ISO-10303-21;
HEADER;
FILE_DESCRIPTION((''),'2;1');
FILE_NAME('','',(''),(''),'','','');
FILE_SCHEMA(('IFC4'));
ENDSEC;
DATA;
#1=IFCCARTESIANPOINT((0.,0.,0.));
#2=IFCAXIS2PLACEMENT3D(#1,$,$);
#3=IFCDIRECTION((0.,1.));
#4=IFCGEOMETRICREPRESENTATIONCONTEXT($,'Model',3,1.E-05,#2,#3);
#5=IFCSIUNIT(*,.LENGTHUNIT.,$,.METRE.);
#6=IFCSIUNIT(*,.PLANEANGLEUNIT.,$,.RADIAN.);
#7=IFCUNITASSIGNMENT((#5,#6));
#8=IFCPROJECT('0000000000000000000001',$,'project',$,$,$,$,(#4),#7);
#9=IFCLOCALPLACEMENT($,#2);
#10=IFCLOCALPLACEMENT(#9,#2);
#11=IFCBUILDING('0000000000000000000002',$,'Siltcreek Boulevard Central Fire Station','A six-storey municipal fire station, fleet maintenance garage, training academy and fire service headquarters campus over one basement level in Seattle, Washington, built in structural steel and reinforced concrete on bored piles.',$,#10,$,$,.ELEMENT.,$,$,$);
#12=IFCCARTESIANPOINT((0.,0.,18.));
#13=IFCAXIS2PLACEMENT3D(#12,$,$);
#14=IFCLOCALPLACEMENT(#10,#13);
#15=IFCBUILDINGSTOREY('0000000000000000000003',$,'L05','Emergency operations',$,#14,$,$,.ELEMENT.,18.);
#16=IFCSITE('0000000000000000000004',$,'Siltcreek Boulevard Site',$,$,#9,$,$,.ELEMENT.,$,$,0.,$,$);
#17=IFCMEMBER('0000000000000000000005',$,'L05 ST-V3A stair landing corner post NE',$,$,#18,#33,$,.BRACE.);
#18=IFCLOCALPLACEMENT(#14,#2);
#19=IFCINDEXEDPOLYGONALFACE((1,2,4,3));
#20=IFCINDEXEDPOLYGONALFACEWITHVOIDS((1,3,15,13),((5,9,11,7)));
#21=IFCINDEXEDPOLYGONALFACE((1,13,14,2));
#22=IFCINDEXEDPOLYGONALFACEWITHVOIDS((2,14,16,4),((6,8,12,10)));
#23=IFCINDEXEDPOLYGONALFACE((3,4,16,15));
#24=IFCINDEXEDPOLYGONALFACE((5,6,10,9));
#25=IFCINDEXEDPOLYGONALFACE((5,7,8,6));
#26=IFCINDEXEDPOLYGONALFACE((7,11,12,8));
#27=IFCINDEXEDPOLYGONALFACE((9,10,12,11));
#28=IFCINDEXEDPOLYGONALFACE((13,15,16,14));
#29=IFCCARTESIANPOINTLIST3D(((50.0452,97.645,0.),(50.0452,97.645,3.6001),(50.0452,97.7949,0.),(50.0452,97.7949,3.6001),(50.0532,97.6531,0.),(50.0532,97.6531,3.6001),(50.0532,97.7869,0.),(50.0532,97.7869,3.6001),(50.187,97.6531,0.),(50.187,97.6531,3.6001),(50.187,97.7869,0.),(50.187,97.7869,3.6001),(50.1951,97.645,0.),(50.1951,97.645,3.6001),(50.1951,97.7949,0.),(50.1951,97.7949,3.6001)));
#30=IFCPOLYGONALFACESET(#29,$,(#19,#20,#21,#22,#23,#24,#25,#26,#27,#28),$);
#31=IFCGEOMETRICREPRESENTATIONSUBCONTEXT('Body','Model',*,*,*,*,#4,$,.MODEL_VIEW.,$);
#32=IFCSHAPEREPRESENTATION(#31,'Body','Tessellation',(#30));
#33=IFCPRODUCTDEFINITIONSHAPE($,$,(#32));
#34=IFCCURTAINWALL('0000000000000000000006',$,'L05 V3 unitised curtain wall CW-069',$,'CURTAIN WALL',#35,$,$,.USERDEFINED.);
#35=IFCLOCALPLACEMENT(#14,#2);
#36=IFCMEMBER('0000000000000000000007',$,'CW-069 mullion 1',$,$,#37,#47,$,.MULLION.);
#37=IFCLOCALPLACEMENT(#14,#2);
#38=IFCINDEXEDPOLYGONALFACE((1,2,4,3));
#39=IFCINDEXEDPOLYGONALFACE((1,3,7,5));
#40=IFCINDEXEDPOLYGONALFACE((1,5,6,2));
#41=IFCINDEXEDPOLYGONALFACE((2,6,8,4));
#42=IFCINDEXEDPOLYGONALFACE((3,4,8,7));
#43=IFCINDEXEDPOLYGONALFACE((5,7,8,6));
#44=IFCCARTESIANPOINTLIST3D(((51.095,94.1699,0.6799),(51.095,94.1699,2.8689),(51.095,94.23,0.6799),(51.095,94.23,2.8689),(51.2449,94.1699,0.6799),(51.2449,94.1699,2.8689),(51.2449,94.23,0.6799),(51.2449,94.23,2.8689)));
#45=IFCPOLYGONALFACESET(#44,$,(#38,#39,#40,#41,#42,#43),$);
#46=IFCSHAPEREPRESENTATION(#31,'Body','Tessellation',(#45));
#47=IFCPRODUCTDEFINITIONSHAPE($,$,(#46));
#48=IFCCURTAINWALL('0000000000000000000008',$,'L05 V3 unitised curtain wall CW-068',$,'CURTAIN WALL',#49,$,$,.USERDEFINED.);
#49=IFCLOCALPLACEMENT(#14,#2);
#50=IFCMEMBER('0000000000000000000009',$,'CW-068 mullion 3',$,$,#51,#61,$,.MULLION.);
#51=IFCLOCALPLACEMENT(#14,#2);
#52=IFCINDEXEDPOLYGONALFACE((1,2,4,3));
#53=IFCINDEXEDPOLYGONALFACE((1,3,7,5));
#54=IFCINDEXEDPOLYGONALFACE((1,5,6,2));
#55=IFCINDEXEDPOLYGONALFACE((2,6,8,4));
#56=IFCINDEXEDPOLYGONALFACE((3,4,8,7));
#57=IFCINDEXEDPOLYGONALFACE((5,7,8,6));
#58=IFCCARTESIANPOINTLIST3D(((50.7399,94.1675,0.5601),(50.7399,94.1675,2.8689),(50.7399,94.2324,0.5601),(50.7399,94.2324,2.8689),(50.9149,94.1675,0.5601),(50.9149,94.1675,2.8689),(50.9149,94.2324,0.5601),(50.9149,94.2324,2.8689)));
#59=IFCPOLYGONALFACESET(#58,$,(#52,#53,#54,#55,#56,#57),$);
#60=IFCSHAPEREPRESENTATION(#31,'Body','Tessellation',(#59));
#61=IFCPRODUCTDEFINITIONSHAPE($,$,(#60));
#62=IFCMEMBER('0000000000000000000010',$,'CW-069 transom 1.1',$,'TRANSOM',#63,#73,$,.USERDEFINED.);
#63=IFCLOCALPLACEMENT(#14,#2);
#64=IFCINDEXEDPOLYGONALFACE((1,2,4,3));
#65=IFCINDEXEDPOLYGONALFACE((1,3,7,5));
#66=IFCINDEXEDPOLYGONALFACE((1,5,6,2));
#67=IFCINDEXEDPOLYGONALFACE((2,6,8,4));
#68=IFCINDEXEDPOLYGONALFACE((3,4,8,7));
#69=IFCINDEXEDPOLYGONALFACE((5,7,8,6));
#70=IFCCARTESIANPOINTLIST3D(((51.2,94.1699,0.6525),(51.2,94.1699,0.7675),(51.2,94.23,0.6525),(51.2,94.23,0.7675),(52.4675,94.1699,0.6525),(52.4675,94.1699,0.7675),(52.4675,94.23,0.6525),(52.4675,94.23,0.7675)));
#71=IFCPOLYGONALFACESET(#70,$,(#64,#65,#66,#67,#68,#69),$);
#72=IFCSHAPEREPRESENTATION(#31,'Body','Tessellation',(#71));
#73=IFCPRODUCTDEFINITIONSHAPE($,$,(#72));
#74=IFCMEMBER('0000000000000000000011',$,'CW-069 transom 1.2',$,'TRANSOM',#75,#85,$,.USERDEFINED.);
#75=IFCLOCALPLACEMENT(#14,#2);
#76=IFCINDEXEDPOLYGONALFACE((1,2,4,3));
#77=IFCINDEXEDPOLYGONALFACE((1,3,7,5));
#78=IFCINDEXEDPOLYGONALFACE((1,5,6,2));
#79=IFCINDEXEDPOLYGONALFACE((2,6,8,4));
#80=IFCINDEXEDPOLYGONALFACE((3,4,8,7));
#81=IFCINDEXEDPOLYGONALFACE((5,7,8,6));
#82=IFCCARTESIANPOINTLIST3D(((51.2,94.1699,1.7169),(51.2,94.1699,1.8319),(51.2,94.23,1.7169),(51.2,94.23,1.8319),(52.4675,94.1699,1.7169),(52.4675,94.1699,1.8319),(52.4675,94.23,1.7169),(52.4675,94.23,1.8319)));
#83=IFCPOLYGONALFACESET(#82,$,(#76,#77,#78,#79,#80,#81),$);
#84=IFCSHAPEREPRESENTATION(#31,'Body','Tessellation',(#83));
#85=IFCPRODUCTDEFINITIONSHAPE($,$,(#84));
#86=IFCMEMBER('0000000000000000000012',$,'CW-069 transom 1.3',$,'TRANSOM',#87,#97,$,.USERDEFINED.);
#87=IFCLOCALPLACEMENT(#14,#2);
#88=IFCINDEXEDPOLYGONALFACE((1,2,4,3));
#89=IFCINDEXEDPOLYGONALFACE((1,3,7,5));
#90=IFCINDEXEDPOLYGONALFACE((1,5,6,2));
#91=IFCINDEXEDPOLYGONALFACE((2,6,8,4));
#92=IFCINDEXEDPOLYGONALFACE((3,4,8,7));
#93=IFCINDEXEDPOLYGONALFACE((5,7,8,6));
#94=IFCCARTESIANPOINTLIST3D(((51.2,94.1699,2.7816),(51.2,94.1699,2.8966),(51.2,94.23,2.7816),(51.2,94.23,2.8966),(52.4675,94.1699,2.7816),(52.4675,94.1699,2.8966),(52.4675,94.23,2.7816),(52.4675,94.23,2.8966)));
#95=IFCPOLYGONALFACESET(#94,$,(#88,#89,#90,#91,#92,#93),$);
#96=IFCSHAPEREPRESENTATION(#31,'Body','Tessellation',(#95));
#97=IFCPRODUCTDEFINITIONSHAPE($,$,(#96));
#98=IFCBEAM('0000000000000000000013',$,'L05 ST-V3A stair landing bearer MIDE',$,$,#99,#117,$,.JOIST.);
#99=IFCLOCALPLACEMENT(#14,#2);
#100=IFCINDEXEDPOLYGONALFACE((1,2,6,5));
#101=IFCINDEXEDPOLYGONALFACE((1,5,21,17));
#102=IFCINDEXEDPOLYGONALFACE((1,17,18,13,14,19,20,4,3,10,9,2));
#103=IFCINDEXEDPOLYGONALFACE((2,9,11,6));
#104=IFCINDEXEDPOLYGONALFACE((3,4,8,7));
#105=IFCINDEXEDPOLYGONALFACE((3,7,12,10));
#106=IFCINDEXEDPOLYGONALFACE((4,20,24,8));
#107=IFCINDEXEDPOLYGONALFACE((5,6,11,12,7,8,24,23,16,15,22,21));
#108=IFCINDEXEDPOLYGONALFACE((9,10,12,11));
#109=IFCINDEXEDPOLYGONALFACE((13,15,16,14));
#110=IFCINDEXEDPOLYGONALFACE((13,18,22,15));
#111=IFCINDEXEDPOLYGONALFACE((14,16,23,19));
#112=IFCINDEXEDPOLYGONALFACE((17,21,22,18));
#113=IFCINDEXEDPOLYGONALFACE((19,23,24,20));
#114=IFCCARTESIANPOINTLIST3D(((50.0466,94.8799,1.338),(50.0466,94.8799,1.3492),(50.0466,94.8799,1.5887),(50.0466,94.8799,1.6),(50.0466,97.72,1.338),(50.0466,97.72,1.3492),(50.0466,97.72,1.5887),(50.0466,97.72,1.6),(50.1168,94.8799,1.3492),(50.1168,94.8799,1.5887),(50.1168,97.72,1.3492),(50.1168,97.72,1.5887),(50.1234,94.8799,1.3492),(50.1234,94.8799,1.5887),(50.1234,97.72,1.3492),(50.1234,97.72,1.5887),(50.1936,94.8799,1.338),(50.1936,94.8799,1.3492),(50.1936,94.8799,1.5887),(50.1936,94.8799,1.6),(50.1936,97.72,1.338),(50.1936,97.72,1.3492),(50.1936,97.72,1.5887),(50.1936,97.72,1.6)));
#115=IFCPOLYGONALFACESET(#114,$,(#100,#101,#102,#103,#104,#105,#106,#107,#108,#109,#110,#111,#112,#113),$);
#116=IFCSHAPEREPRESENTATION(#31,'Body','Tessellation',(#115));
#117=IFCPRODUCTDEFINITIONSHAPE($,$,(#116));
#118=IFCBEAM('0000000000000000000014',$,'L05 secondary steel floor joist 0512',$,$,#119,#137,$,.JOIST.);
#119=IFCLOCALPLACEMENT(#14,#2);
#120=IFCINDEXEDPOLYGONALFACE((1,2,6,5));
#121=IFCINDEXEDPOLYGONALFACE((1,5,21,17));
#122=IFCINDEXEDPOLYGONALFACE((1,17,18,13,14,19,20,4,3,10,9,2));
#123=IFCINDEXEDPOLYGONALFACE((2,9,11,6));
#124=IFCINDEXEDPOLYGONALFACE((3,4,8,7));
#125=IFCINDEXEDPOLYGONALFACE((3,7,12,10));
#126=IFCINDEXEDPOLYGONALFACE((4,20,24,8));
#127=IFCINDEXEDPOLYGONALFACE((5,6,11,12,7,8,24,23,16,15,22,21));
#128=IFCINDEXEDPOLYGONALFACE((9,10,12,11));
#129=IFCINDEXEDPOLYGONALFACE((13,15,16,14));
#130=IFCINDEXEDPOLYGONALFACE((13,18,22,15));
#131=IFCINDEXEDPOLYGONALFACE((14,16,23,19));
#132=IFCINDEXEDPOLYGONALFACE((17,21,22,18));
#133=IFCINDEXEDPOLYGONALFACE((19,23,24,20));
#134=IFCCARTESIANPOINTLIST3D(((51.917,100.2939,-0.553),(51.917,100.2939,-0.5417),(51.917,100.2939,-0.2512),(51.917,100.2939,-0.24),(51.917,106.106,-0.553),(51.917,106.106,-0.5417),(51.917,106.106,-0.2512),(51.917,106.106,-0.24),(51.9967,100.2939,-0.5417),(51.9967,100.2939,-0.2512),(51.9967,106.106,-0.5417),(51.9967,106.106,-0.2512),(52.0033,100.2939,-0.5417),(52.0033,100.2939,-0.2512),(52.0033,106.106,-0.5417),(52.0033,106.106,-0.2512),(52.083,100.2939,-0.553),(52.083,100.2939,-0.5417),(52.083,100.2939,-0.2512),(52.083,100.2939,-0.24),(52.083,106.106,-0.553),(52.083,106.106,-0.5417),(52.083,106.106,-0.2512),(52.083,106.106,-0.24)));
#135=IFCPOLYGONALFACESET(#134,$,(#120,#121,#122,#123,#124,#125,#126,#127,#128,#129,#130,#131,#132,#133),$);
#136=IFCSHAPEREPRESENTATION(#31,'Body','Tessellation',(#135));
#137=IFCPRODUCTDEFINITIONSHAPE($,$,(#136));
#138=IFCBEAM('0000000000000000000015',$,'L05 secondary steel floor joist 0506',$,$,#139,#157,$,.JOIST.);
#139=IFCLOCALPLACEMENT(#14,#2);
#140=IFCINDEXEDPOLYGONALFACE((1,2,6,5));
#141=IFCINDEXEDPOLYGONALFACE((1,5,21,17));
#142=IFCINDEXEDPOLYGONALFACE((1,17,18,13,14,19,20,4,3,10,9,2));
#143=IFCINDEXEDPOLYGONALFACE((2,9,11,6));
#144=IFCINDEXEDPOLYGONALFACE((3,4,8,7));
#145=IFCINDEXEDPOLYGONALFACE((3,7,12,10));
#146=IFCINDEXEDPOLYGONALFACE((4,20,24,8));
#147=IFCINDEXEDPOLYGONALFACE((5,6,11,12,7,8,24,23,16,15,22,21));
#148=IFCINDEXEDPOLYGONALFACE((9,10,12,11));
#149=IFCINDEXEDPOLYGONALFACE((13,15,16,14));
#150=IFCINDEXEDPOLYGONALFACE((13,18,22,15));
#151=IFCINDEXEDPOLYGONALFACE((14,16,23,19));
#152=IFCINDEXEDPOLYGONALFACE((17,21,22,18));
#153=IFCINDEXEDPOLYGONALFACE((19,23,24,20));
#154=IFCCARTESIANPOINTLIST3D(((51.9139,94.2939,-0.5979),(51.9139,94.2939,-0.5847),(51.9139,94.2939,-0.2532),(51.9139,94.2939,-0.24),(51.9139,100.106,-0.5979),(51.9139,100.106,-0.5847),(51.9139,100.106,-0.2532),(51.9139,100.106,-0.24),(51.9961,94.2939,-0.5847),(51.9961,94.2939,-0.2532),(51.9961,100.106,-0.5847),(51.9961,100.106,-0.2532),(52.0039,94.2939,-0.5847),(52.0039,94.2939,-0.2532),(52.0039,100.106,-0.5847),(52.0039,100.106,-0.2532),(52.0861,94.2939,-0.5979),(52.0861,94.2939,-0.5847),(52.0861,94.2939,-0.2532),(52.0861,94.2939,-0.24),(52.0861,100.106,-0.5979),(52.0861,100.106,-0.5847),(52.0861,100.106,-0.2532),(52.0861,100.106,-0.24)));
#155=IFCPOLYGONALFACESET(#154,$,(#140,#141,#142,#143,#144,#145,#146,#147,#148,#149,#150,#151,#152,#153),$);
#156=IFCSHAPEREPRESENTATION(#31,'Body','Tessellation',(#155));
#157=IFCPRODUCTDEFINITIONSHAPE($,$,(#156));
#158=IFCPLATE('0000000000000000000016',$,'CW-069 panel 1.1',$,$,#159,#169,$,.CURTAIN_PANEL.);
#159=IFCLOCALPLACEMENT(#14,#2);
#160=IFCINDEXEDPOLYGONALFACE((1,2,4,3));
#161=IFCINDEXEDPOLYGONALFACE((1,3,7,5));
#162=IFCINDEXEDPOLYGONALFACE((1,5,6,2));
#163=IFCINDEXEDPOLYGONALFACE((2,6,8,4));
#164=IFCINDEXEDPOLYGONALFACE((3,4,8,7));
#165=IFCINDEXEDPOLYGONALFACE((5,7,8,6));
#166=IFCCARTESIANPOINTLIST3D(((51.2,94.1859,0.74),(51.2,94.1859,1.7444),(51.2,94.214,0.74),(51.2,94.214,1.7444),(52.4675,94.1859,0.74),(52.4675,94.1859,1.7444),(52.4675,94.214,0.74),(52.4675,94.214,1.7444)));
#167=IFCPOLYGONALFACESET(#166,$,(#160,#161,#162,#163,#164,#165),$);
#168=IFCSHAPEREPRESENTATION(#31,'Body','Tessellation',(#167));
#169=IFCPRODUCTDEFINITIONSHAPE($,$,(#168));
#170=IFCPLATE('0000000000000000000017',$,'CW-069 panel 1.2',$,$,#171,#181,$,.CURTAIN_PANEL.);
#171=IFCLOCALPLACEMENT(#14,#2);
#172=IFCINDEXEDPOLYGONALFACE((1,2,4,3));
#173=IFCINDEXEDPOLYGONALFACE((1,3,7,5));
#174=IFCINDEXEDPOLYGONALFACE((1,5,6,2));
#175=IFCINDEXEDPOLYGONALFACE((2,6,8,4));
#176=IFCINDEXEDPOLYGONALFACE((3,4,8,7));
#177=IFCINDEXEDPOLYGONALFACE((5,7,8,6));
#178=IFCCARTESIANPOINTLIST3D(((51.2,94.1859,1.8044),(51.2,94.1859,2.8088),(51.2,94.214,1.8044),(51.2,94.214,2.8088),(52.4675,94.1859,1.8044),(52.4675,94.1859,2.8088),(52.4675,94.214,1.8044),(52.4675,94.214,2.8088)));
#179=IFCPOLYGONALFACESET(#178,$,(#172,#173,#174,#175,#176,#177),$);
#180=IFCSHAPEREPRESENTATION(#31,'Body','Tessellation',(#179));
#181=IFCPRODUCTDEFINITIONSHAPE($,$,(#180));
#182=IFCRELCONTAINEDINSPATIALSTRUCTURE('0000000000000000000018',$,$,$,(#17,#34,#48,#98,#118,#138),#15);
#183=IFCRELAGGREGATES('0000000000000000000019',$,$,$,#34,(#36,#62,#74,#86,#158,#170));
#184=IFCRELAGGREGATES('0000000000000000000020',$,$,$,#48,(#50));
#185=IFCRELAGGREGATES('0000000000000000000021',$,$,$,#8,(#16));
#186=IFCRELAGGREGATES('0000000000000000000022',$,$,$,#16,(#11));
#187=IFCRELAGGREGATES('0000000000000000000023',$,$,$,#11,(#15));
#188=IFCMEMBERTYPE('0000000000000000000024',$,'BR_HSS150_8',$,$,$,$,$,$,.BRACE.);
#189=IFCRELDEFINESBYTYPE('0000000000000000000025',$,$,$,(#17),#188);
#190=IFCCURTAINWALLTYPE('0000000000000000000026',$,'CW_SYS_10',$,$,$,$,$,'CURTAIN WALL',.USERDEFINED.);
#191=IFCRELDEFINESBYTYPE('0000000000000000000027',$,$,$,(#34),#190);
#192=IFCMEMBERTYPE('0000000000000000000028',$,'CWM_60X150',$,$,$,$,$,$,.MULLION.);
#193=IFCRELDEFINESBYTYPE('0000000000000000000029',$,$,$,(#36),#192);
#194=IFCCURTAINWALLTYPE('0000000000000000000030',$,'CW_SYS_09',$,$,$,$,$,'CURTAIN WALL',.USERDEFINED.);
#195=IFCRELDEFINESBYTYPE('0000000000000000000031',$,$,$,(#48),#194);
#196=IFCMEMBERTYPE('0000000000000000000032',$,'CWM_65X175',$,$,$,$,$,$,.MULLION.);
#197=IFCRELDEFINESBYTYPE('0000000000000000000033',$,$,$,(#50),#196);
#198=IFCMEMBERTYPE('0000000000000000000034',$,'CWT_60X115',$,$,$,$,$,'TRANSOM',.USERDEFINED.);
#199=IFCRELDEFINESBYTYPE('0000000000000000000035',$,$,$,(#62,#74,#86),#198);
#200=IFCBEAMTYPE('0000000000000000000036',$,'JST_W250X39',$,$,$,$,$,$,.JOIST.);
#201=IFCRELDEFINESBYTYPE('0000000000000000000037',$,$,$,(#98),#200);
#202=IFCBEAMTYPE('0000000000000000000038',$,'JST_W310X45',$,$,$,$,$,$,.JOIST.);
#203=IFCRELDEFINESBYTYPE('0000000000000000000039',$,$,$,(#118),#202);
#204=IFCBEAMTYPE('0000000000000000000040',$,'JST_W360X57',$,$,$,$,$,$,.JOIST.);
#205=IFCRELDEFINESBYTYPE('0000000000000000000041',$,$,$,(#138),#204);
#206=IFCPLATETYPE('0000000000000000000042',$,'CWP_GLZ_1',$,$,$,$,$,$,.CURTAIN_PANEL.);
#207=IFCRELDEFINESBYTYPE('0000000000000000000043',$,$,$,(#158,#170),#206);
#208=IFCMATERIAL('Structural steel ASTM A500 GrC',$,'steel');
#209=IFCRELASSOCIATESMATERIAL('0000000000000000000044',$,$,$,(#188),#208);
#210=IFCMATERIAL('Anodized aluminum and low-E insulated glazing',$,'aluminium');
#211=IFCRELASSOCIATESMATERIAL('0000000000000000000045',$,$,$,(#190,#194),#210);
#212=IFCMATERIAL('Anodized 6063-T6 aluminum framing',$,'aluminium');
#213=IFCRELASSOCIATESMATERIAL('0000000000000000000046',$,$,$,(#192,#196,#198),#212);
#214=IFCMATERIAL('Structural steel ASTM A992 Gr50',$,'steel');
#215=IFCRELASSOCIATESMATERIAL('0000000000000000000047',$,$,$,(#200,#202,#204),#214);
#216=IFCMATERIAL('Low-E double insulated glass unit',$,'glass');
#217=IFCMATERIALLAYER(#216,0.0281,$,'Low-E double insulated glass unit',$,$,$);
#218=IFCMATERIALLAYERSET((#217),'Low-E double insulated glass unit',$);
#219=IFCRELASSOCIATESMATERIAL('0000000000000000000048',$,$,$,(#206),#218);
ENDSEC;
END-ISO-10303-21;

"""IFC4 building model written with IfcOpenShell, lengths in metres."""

from ifc_helpers import new_model, si_unit, direction, frame, origin, origin_2d, place, context, subcontext, project, spatial, rectangle, hollow_rectangle, i_section, extrude, material, layer, layer_set, material_profile, profile_set, type_object, element, aggregate, save


model = new_model("IFC4")

# Units and contexts
model_context = context("Model", 3, precision=1e-05, world=origin(), true_north=direction((0.0, 1.0)))
body_context = subcontext(model_context, "Body", "Model", "MODEL_VIEW")
ifc_project = project(units=[si_unit("LENGTHUNIT", "METRE"), si_unit("PLANEANGLEUNIT", "RADIAN")], contexts=[model_context])

# Site, building, storey
site_placement = place(None, origin())
site = spatial("IfcSite", under=ifc_project, at=site_placement, Name="Siltcreek Boulevard Site", CompositionType="ELEMENT", RefElevation=0.0)
building_placement = place(site_placement, origin())
building = spatial("IfcBuilding", under=site, at=building_placement, Name="Siltcreek Boulevard Central Fire Station", Description="A six-storey municipal fire station, fleet maintenance garage, training academy and fire service headquarters campus over one basement level in Seattle, Washington, built in structural steel and reinforced concrete on bored piles.", CompositionType="ELEMENT")
storey_placement = place(building_placement, frame((0.0, 0.0, 18.0)))
storey = spatial("IfcBuildingStorey", under=building, at=storey_placement, Name="L05", Description="Emergency operations", CompositionType="ELEMENT", Elevation=18.0)

# Member
ifc_material_1 = material(Name="Structural steel ASTM A500 GrC", Category="steel")
ifc_material_profile_1 = material_profile(ifc_material_1, hollow_rectangle(XDim=0.1499, YDim=0.1499, WallThickness=0.0081, at=origin_2d()), Name="HSS150X150X8.0")
ifc_profile_set_1 = profile_set([ifc_material_profile_1], Name="Structural steel ASTM A500 GrC")
member_type_1 = type_object("IfcMemberType", Name="BR_HSS150_8", PredefinedType="BRACE", material=ifc_profile_set_1)
member_1_placement = place(storey_placement, frame((50.1201, 97.72, 0.0), z_axis=(0.0, 0.0, 1.0), x_axis=(1.0, 0.0, 0.0)))
element("IfcMember", 1, at=member_1_placement, inside=storey, type_object=member_type_1, Name="L05 ST-V3A stair landing corner post NE", PredefinedType="BRACE", context=body_context, shape_type="SweptSolid", body=[
    extrude(hollow_rectangle(XDim=0.1499, YDim=0.1499, WallThickness=0.0081, at=origin_2d()), origin(), (0.0, 0.0, 1.0), 3.6001),
])

# Curtain walls, members
ifc_material_2 = material(Name="Anodized aluminum and low-E insulated glazing", Category="aluminium")
curtain_wall_type_1 = type_object("IfcCurtainWallType", Name="CW_SYS_10", ElementType="CURTAIN WALL", PredefinedType="USERDEFINED", material=ifc_material_2)
curtain_wall_1_placement = place(storey_placement, origin())
curtain_wall_1 = element("IfcCurtainWall", 2, at=curtain_wall_1_placement, inside=storey, type_object=curtain_wall_type_1, Name="L05 V3 unitised curtain wall CW-069", ObjectType="CURTAIN WALL", PredefinedType="USERDEFINED")
ifc_material_3 = material(Name="Anodized 6063-T6 aluminum framing", Category="aluminium")
ifc_material_profile_2 = material_profile(ifc_material_3, rectangle(XDim=0.0601, YDim=0.1499, at=origin_2d()), Name="MULL60X150")
ifc_profile_set_2 = profile_set([ifc_material_profile_2], Name="Anodized 6063-T6 aluminum framing")
member_type_2 = type_object("IfcMemberType", Name="CWM_60X150", PredefinedType="MULLION", material=ifc_profile_set_2)
member_2_placement = place(storey_placement, frame((51.1699, 94.2, 0.6799), z_axis=(0.0, 0.0, 1.0), x_axis=(0.0, 1.0, 0.0)))
member_2 = element("IfcMember", 3, at=member_2_placement, type_object=member_type_2, Name="CW-069 mullion 1", PredefinedType="MULLION", context=body_context, shape_type="SweptSolid", body=[
    extrude(rectangle(XDim=0.0601, YDim=0.1499, at=origin_2d()), origin(), (0.0, 0.0, 1.0), 2.189),
])
curtain_wall_type_2 = type_object("IfcCurtainWallType", Name="CW_SYS_09", ElementType="CURTAIN WALL", PredefinedType="USERDEFINED", material=ifc_material_2)
curtain_wall_2_placement = place(storey_placement, origin())
curtain_wall_2 = element("IfcCurtainWall", 4, at=curtain_wall_2_placement, inside=storey, type_object=curtain_wall_type_2, Name="L05 V3 unitised curtain wall CW-068", ObjectType="CURTAIN WALL", PredefinedType="USERDEFINED")
ifc_material_profile_3 = material_profile(ifc_material_3, rectangle(XDim=0.0649, YDim=0.175, at=origin_2d()), Name="MULL65X175")
ifc_profile_set_3 = profile_set([ifc_material_profile_3], Name="Anodized 6063-T6 aluminum framing")
member_type_3 = type_object("IfcMemberType", Name="CWM_65X175", PredefinedType="MULLION", material=ifc_profile_set_3)
member_3_placement = place(storey_placement, frame((50.8274, 94.2, 0.5601), z_axis=(0.0, 0.0, 1.0), x_axis=(0.0, 1.0, 0.0)))
member_3 = element("IfcMember", 5, at=member_3_placement, type_object=member_type_3, Name="CW-068 mullion 3", PredefinedType="MULLION", context=body_context, shape_type="SweptSolid", body=[
    extrude(rectangle(XDim=0.0649, YDim=0.175, at=origin_2d()), origin(), (0.0, 0.0, 1.0), 2.3088),
])

# Members
ifc_material_profile_4 = material_profile(ifc_material_3, rectangle(XDim=0.0601, YDim=0.115, at=origin_2d()), Name="TRAN60X115")
ifc_profile_set_4 = profile_set([ifc_material_profile_4], Name="Anodized 6063-T6 aluminum framing")
member_type_4 = type_object("IfcMemberType", Name="CWT_60X115", ElementType="TRANSOM", PredefinedType="USERDEFINED", material=ifc_profile_set_4)
member_4_placement = place(storey_placement, frame((51.2, 94.2, 0.71), z_axis=(1.0, 0.0, 0.0), x_axis=(0.0, 1.0, 0.0)))
member_4 = element("IfcMember", 6, at=member_4_placement, type_object=member_type_4, Name="CW-069 transom 1.1", ObjectType="TRANSOM", PredefinedType="USERDEFINED", context=body_context, shape_type="SweptSolid", body=[
    extrude(rectangle(XDim=0.0601, YDim=0.115, at=origin_2d()), origin(), (0.0, 0.0, 1.0), 1.2676),
])
member_5_placement = place(storey_placement, frame((51.2, 94.2, 1.7744), z_axis=(1.0, 0.0, 0.0), x_axis=(0.0, 1.0, 0.0)))
member_5 = element("IfcMember", 7, at=member_5_placement, type_object=member_type_4, Name="CW-069 transom 1.2", ObjectType="TRANSOM", PredefinedType="USERDEFINED", context=body_context, shape_type="SweptSolid", body=[
    extrude(rectangle(XDim=0.0601, YDim=0.115, at=origin_2d()), origin(), (0.0, 0.0, 1.0), 1.2676),
])
member_6_placement = place(storey_placement, frame((51.2, 94.2, 2.8391), z_axis=(1.0, 0.0, 0.0), x_axis=(0.0, 1.0, 0.0)))
member_6 = element("IfcMember", 8, at=member_6_placement, type_object=member_type_4, Name="CW-069 transom 1.3", ObjectType="TRANSOM", PredefinedType="USERDEFINED", context=body_context, shape_type="SweptSolid", body=[
    extrude(rectangle(XDim=0.0601, YDim=0.115, at=origin_2d()), origin(), (0.0, 0.0, 1.0), 1.2676),
])

# Beams
ifc_material_4 = material(Name="Structural steel ASTM A992 Gr50", Category="steel")
ifc_material_profile_5 = material_profile(ifc_material_4, i_section(OverallWidth=0.147, OverallDepth=0.262, WebThickness=0.0066, FlangeThickness=0.0112, at=origin_2d()), Name="W250X39")
ifc_profile_set_5 = profile_set([ifc_material_profile_5], Name="Structural steel ASTM A992 Gr50")
beam_type_1 = type_object("IfcBeamType", Name="JST_W250X39", PredefinedType="JOIST", material=ifc_profile_set_5)
beam_1_placement = place(storey_placement, frame((50.1201, 94.8799, 1.469), z_axis=(0.0, 1.0, 0.0), x_axis=(-1.0, 0.0, 0.0)))
element("IfcBeam", 9, at=beam_1_placement, inside=storey, type_object=beam_type_1, Name="L05 ST-V3A stair landing bearer MIDE", PredefinedType="JOIST", context=body_context, shape_type="SweptSolid", body=[
    extrude(i_section(OverallWidth=0.147, OverallDepth=0.262, WebThickness=0.0066, FlangeThickness=0.0112, at=origin_2d()), origin(), (0.0, 0.0, 1.0), 2.8401),
])
ifc_material_profile_6 = material_profile(ifc_material_4, i_section(OverallWidth=0.166, OverallDepth=0.313, WebThickness=0.0066, FlangeThickness=0.0112, at=origin_2d()), Name="W310X45")
ifc_profile_set_6 = profile_set([ifc_material_profile_6], Name="Structural steel ASTM A992 Gr50")
beam_type_2 = type_object("IfcBeamType", Name="JST_W310X45", PredefinedType="JOIST", material=ifc_profile_set_6)
beam_2_placement = place(storey_placement, frame((52.0, 100.2939, -0.3965), z_axis=(0.0, 1.0, 0.0), x_axis=(-1.0, 0.0, 0.0)))
element("IfcBeam", 10, at=beam_2_placement, inside=storey, type_object=beam_type_2, Name="L05 secondary steel floor joist 0512", PredefinedType="JOIST", context=body_context, shape_type="SweptSolid", body=[
    extrude(i_section(OverallWidth=0.166, OverallDepth=0.313, WebThickness=0.0066, FlangeThickness=0.0112, at=origin_2d()), origin(), (0.0, 0.0, 1.0), 5.812),
])
ifc_material_profile_7 = material_profile(ifc_material_4, i_section(OverallWidth=0.1721, OverallDepth=0.3579, WebThickness=0.0078, FlangeThickness=0.0132, at=origin_2d()), Name="W360X57")
ifc_profile_set_7 = profile_set([ifc_material_profile_7], Name="Structural steel ASTM A992 Gr50")
beam_type_3 = type_object("IfcBeamType", Name="JST_W360X57", PredefinedType="JOIST", material=ifc_profile_set_7)
beam_3_placement = place(storey_placement, frame((52.0, 94.2939, -0.4189), z_axis=(0.0, 1.0, 0.0), x_axis=(-1.0, 0.0, 0.0)))
element("IfcBeam", 11, at=beam_3_placement, inside=storey, type_object=beam_type_3, Name="L05 secondary steel floor joist 0506", PredefinedType="JOIST", context=body_context, shape_type="SweptSolid", body=[
    extrude(i_section(OverallWidth=0.1721, OverallDepth=0.3579, WebThickness=0.0078, FlangeThickness=0.0132, at=origin_2d()), origin(), (0.0, 0.0, 1.0), 5.812),
])

# Plates
ifc_material_5 = material(Name="Low-E double insulated glass unit", Category="glass")
ifc_layer_1 = layer(ifc_material_5, 0.0281, Name="Low-E double insulated glass unit")
ifc_layer_set_1 = layer_set([ifc_layer_1], Name="Low-E double insulated glass unit")
plate_type_1 = type_object("IfcPlateType", Name="CWP_GLZ_1", PredefinedType="CURTAIN_PANEL", material=ifc_layer_set_1)
plate_1_placement = place(storey_placement, frame((51.8337, 94.2, 0.74), z_axis=(0.0, 0.0, 1.0), x_axis=(1.0, 0.0, 0.0)))
plate_1 = element("IfcPlate", 12, at=plate_1_placement, type_object=plate_type_1, Name="CW-069 panel 1.1", PredefinedType="CURTAIN_PANEL", context=body_context, shape_type="SweptSolid", body=[
    extrude(rectangle(XDim=1.2676, YDim=0.0281, at=origin_2d()), origin(), (0.0, 0.0, 1.0), 1.0044),
])
plate_2_placement = place(storey_placement, frame((51.8337, 94.2, 1.8044), z_axis=(0.0, 0.0, 1.0), x_axis=(1.0, 0.0, 0.0)))
plate_2 = element("IfcPlate", 13, at=plate_2_placement, type_object=plate_type_1, Name="CW-069 panel 1.2", PredefinedType="CURTAIN_PANEL", context=body_context, shape_type="SweptSolid", body=[
    extrude(rectangle(XDim=1.2676, YDim=0.0281, at=origin_2d()), origin(), (0.0, 0.0, 1.0), 1.0044),
])
aggregate(curtain_wall_1, [member_2, member_4, member_5, member_6, plate_1, plate_2])
aggregate(curtain_wall_2, [member_3])

save(model, "model.ifc")
